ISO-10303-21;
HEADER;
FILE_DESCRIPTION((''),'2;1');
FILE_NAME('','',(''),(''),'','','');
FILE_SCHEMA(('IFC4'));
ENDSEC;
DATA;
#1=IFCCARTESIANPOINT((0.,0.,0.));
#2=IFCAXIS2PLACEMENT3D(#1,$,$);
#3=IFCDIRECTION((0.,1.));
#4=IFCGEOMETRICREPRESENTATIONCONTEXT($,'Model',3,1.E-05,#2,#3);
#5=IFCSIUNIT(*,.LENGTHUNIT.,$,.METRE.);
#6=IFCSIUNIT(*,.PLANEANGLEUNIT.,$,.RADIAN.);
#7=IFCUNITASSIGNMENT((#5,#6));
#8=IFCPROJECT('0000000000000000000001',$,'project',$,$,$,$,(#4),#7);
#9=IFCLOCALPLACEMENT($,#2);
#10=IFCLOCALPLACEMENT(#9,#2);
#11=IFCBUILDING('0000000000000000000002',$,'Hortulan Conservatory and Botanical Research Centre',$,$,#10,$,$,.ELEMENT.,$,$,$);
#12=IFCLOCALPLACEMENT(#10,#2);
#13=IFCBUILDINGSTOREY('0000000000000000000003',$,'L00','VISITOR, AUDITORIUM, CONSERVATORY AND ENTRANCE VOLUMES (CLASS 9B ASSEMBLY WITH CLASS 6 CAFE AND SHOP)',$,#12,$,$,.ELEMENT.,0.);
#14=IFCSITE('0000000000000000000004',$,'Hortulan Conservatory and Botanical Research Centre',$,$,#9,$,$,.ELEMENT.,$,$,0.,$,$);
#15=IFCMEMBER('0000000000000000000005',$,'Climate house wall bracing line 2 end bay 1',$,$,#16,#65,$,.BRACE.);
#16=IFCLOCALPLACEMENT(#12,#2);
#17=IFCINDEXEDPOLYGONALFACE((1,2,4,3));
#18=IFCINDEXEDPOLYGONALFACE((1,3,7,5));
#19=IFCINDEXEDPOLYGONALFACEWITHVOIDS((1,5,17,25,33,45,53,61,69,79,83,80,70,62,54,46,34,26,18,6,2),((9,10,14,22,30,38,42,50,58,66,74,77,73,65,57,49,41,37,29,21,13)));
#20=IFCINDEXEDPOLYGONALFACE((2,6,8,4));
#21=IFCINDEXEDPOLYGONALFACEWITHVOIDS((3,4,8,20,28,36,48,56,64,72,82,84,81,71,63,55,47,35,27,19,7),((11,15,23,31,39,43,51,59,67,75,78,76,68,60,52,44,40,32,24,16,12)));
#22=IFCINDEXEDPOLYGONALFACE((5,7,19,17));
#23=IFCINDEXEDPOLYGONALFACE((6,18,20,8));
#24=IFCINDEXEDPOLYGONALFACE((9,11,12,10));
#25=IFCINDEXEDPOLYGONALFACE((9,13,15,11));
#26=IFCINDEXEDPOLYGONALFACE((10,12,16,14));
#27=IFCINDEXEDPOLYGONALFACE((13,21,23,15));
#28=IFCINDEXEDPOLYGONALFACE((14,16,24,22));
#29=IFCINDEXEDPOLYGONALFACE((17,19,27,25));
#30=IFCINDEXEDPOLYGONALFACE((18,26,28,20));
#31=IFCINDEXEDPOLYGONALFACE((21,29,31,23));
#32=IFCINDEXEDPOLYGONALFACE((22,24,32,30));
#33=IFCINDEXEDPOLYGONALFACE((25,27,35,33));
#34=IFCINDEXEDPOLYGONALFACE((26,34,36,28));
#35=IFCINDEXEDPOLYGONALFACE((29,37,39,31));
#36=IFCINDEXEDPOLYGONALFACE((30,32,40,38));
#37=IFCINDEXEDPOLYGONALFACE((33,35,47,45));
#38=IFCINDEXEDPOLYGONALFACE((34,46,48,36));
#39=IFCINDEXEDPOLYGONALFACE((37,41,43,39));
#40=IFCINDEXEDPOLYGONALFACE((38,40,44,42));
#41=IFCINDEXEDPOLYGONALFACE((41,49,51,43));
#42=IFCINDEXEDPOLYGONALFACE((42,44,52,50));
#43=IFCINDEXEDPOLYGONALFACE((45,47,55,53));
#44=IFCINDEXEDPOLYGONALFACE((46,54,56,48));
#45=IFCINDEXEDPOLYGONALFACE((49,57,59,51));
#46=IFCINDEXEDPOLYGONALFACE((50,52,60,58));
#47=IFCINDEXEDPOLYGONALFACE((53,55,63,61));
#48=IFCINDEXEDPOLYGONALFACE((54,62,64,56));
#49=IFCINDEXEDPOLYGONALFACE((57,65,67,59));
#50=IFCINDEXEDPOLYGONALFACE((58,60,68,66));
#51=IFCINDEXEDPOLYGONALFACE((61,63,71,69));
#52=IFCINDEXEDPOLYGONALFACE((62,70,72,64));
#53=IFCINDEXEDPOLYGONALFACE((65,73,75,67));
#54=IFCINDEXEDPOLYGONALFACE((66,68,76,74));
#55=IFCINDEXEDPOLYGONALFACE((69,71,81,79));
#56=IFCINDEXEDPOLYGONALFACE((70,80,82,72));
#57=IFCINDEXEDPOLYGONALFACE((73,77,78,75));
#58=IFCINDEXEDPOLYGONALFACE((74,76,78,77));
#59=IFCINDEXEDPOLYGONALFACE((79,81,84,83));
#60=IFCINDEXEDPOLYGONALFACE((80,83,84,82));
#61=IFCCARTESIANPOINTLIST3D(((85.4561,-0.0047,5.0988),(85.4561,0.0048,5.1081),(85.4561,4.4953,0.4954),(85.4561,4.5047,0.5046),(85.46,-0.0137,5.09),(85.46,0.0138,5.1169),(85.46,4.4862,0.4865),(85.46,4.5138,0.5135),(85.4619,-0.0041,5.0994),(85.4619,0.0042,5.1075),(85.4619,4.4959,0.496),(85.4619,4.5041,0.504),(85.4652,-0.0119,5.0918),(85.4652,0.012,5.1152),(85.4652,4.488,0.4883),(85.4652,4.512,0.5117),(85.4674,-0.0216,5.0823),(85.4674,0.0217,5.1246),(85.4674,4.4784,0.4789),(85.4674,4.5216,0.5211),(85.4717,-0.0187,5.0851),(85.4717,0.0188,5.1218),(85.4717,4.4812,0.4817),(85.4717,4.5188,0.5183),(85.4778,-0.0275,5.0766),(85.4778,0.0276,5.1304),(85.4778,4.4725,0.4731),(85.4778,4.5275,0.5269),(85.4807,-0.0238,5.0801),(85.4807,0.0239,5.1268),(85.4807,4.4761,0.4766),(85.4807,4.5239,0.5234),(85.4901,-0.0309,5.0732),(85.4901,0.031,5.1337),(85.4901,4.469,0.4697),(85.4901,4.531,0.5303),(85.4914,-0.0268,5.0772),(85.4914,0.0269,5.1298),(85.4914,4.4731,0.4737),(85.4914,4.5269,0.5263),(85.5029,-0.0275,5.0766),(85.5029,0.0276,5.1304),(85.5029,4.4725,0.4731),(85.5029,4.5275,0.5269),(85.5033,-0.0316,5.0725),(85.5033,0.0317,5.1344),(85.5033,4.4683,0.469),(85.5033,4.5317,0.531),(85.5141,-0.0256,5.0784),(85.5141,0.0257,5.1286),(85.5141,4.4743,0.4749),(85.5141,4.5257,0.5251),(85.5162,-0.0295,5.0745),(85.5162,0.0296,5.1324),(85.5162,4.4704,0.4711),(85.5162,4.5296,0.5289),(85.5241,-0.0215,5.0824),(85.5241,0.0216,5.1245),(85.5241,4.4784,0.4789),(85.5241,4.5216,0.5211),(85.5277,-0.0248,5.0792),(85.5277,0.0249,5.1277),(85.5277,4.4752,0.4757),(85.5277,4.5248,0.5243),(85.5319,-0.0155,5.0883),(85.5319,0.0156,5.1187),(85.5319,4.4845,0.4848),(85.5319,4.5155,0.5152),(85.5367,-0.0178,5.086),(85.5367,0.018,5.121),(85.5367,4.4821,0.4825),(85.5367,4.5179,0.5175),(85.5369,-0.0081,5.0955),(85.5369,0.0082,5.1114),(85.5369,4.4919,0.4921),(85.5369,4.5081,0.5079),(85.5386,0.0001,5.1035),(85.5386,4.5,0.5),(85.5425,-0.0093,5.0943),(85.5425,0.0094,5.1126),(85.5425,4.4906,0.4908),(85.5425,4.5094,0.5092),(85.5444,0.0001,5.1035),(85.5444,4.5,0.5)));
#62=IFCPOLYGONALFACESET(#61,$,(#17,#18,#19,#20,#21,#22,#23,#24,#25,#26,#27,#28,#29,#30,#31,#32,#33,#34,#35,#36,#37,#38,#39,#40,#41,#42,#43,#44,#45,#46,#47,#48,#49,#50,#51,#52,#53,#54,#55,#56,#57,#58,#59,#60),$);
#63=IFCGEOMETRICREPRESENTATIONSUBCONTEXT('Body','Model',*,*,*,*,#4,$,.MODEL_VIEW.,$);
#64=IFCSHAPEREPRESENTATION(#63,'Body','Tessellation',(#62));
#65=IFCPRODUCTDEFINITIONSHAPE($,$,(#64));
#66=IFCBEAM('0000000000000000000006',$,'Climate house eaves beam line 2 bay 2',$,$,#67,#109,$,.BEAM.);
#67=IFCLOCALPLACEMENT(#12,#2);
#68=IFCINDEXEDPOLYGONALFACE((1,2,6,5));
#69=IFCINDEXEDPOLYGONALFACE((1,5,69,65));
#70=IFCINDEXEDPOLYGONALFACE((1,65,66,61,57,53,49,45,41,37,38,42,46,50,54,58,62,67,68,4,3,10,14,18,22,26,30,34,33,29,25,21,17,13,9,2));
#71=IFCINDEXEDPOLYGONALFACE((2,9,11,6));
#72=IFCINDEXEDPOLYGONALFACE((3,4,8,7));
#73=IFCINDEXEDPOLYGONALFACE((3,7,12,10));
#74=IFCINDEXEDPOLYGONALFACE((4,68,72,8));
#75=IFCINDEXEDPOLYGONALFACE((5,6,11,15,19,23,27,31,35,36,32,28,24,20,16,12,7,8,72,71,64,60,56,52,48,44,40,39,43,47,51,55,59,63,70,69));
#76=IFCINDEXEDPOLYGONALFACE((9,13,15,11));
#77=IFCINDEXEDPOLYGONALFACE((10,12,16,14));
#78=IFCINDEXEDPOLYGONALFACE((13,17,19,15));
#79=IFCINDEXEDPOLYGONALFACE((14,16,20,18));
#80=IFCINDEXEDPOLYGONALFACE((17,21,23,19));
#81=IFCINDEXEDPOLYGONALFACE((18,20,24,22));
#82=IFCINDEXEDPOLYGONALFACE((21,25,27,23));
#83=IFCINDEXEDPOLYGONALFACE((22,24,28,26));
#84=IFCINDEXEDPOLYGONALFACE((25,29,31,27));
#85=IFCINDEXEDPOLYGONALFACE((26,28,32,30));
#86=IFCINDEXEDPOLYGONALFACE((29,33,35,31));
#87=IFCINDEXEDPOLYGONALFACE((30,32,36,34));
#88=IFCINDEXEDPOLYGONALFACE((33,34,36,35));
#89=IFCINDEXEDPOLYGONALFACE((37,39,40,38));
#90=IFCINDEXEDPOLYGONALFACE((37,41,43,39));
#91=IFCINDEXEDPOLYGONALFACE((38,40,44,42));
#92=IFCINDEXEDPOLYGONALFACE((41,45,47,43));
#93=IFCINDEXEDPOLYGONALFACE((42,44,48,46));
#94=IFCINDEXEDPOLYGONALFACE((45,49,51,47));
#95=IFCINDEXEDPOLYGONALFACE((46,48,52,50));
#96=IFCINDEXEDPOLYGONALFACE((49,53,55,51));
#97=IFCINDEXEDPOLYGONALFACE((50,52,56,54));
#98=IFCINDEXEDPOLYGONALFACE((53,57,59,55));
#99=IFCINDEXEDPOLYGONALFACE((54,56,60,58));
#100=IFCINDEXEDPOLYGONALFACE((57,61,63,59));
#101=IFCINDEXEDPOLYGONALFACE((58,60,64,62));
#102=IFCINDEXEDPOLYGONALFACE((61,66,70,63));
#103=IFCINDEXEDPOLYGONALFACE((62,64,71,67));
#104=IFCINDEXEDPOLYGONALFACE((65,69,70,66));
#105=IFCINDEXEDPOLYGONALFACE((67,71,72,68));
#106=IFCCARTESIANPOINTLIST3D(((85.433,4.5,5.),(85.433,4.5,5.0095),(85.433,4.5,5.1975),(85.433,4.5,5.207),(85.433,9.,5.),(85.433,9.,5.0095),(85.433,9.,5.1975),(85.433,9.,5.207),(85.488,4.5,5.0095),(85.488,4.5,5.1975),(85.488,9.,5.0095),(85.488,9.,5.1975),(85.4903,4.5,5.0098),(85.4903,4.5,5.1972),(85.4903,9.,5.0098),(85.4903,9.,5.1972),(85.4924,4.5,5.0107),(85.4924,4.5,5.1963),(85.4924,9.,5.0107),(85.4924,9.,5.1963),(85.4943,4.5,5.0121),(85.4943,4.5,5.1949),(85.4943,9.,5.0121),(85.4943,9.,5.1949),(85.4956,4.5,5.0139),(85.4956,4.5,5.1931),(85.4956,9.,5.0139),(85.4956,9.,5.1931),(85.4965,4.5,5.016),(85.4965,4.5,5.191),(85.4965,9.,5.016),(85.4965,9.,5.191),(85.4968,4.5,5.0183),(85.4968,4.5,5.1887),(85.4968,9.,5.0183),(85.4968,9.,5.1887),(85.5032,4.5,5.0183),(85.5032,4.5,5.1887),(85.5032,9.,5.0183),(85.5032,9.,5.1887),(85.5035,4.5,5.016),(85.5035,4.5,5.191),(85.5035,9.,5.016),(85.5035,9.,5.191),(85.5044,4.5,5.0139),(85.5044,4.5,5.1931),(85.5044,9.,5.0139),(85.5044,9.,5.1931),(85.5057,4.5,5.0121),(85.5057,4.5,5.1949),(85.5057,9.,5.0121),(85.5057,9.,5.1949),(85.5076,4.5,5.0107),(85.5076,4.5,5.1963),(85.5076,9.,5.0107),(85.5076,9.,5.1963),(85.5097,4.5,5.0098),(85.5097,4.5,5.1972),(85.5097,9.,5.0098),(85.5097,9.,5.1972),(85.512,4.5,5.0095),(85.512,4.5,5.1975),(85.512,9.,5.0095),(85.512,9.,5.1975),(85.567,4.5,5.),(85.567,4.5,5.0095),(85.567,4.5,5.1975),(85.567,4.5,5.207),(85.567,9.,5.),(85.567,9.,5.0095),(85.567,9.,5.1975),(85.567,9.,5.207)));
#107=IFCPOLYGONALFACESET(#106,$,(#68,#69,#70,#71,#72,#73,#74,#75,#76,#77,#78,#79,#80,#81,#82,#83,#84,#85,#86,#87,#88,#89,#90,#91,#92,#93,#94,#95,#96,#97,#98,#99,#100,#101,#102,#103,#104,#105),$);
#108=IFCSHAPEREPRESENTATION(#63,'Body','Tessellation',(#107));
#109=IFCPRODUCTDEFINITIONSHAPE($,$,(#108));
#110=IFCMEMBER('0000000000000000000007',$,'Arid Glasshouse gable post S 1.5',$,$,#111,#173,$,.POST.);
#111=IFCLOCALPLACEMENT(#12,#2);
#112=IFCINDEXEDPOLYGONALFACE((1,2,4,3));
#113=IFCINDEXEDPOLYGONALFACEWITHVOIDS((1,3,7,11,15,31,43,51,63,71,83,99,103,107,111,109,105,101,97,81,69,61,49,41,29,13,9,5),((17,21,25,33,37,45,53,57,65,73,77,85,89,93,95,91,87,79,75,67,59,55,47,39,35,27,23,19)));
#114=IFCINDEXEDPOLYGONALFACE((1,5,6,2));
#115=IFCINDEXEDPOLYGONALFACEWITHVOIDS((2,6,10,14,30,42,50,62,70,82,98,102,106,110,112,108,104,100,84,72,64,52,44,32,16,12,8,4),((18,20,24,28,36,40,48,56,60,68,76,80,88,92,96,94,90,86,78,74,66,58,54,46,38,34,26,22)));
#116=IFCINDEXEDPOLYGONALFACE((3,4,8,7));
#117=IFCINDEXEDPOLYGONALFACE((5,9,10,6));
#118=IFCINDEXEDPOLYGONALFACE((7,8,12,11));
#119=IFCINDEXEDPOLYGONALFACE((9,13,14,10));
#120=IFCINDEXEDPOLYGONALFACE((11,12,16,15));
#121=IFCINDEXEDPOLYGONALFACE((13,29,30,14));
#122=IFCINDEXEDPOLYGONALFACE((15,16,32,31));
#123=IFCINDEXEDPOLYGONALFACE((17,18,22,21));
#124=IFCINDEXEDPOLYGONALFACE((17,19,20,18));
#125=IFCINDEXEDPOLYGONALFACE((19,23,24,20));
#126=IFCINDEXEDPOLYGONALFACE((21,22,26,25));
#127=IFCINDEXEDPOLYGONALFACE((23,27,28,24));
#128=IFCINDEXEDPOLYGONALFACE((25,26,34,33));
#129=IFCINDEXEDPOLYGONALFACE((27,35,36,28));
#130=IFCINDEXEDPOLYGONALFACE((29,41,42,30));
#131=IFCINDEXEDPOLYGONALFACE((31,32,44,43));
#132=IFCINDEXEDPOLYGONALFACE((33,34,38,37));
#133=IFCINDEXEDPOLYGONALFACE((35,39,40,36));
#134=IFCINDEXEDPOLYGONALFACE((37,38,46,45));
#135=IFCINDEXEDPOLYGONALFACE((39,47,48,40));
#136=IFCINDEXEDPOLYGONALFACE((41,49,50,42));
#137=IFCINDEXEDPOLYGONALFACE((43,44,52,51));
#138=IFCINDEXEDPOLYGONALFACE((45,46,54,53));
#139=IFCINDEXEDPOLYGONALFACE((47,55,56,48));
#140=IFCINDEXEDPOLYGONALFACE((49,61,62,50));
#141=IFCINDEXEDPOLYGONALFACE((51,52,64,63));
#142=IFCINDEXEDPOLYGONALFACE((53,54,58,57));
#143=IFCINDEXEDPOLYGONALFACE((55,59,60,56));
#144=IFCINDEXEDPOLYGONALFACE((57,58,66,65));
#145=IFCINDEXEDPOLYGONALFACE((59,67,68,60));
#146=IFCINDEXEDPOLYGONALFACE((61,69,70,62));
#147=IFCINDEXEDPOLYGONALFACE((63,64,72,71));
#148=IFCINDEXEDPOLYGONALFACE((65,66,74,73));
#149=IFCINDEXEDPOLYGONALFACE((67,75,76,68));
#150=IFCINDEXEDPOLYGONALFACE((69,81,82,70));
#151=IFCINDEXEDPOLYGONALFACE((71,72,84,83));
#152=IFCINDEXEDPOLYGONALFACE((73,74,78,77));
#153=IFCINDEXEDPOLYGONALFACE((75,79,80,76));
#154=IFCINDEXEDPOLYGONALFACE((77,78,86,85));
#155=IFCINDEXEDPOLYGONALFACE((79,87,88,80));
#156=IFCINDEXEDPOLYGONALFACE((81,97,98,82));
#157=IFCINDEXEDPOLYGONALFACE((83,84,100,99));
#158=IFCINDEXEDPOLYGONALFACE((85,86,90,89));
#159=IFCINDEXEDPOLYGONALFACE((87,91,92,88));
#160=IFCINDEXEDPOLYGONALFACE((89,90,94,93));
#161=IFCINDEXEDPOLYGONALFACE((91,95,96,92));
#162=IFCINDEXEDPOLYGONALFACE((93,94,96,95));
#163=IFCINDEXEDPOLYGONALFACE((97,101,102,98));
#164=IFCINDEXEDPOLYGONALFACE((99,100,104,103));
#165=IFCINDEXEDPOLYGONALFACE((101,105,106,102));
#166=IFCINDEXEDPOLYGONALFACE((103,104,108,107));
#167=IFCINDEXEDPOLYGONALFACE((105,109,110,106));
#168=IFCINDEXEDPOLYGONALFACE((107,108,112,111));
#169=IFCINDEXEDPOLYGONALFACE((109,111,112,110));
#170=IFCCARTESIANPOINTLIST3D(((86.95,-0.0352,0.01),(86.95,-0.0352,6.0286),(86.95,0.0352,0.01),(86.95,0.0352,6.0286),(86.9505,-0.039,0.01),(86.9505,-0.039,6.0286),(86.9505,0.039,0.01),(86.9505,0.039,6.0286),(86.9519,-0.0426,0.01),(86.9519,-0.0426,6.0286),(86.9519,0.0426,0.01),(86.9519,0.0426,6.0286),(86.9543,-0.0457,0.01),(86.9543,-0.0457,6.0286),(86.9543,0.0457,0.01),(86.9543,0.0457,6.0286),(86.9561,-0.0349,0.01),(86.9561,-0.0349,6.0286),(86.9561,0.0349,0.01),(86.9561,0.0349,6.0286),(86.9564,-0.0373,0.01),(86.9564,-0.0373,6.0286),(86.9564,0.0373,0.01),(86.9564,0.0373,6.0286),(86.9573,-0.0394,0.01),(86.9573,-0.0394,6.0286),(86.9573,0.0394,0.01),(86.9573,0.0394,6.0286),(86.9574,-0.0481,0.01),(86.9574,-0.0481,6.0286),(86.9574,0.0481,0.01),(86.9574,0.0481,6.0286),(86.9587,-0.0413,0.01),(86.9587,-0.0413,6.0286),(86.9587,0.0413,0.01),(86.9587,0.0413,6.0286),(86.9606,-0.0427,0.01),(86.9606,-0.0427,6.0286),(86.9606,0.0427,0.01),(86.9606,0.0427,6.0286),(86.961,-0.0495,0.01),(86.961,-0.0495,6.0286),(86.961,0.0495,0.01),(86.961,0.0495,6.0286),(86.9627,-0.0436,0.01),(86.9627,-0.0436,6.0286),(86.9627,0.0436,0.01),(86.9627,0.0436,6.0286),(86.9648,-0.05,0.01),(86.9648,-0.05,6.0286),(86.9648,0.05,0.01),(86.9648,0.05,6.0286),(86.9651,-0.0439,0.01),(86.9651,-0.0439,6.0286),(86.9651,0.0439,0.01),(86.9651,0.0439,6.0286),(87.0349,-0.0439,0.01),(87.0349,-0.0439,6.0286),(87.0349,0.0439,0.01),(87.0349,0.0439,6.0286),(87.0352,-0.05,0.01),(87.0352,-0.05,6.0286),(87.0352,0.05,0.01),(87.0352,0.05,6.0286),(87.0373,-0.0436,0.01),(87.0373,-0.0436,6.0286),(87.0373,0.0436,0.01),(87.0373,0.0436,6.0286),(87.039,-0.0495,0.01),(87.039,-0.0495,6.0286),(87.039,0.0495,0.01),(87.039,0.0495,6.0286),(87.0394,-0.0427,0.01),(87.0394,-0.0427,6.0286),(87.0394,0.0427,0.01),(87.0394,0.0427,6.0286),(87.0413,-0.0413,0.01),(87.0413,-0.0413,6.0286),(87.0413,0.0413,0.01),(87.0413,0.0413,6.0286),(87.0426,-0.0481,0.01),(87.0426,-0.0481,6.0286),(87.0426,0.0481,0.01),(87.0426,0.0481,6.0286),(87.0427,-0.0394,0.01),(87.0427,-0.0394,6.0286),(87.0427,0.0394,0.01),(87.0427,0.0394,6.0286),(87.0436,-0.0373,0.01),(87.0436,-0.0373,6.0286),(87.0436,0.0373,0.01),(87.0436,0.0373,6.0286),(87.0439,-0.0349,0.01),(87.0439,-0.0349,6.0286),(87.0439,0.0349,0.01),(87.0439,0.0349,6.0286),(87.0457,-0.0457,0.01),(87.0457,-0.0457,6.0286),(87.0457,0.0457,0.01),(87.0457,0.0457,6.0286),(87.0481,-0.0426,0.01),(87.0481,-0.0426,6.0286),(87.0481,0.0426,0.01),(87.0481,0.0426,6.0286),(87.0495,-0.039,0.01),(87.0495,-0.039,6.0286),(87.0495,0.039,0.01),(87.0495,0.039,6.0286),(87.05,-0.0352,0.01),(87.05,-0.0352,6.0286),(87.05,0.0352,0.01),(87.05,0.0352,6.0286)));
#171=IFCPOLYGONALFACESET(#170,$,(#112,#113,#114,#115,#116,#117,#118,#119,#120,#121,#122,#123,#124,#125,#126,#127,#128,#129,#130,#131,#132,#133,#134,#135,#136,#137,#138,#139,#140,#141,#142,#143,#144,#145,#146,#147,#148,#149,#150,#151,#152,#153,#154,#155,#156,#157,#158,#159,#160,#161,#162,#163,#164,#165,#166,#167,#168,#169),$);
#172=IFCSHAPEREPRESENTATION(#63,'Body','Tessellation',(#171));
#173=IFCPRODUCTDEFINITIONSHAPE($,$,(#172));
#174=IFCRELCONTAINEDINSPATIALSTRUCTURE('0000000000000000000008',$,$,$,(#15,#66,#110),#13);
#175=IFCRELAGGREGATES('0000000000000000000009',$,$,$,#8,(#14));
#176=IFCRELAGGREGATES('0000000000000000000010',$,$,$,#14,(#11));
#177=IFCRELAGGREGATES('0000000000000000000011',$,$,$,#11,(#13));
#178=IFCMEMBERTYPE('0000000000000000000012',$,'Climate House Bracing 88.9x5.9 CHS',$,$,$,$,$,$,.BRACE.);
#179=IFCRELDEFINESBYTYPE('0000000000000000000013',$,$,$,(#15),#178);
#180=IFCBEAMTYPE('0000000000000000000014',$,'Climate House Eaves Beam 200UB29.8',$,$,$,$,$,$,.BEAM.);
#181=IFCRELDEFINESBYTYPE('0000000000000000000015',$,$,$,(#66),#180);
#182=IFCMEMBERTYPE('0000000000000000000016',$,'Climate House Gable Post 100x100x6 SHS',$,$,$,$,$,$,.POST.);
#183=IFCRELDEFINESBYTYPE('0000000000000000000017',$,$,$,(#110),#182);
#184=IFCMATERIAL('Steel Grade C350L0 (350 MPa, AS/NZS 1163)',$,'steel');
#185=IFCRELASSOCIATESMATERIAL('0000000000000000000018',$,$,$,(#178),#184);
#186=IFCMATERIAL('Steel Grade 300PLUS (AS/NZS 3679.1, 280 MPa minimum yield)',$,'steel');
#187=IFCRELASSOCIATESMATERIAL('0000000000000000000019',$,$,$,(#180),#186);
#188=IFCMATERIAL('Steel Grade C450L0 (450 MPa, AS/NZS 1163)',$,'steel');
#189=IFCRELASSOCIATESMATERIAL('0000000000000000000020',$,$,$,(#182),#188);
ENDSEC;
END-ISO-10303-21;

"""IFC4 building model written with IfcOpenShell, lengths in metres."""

from ifc_helpers import new_model, si_unit, direction, frame, origin, origin_2d, place, context, subcontext, project, spatial, hollow_rectangle, hollow_circle, i_section, extrude, material, material_profile, profile_set, type_object, element, save


model = new_model("IFC4")

# Units and contexts
model_context = context("Model", 3, precision=1e-05, world=origin(), true_north=direction((0.0, 1.0)))
body_context = subcontext(model_context, "Body", "Model", "MODEL_VIEW")
ifc_project = project(units=[si_unit("LENGTHUNIT", "METRE"), si_unit("PLANEANGLEUNIT", "RADIAN")], contexts=[model_context])

# Site, building, storey
site_placement = place(None, origin())
site = spatial("IfcSite", under=ifc_project, at=site_placement, Name="Hortulan Conservatory and Botanical Research Centre", CompositionType="ELEMENT", RefElevation=0.0)
building_placement = place(site_placement, origin())
building = spatial("IfcBuilding", under=site, at=building_placement, Name="Hortulan Conservatory and Botanical Research Centre", CompositionType="ELEMENT")
storey_placement = place(building_placement, origin())
storey = spatial("IfcBuildingStorey", under=building, at=storey_placement, Name="L00", Description="VISITOR, AUDITORIUM, CONSERVATORY AND ENTRANCE VOLUMES (CLASS 9B ASSEMBLY WITH CLASS 6 CAFE AND SHOP)", CompositionType="ELEMENT", Elevation=0.0)

# Shared definitions
ifc_material_1 = material(Name="Steel Grade 300PLUS (AS/NZS 3679.1, 280 MPa minimum yield)", Category="steel")

# Member
ifc_material_2 = material(Name="Steel Grade C350L0 (350 MPa, AS/NZS 1163)", Category="steel")
ifc_material_profile_1 = material_profile(ifc_material_2, hollow_circle(Radius=0.0444, WallThickness=0.0059, at=origin_2d()), Name="88.9x5.9CHS")
ifc_profile_set_1 = profile_set([ifc_material_profile_1], Name="Steel Grade C350L0 (350 MPa, AS/NZS 1163)")
member_type_1 = type_object("IfcMemberType", Name="Climate House Bracing 88.9x5.9 CHS", PredefinedType="BRACE", material=ifc_profile_set_1)
member_1_placement = place(storey_placement, frame((85.5, 4.5, 0.5), z_axis=(0.0, -0.699021, 0.715101), x_axis=(1.0, 0.0, 0.0)))
element("IfcMember", 1, at=member_1_placement, inside=storey, type_object=member_type_1, Name="Climate house wall bracing line 2 end bay 1", PredefinedType="BRACE", context=body_context, shape_type="SweptSolid", body=[
    extrude(hollow_circle(Radius=0.0444, WallThickness=0.0059, at=origin_2d()), origin(), (0.0, 0.0, 1.0), 6.4375),
])

# Beam
ifc_material_profile_2 = material_profile(ifc_material_1, i_section(OverallWidth=0.134, OverallDepth=0.207, WebThickness=0.0063, FlangeThickness=0.0095, FilletRadius=0.0088, at=origin_2d()), Name="200UB29.8")
ifc_profile_set_2 = profile_set([ifc_material_profile_2], Name="Steel Grade 300PLUS (AS/NZS 3679.1, 280 MPa minimum yield)")
beam_type = type_object("IfcBeamType", Name="Climate House Eaves Beam 200UB29.8", PredefinedType="BEAM", material=ifc_profile_set_2)
beam_placement = place(storey_placement, frame((85.5, 4.5, 5.1035), z_axis=(0.0, 1.0, 0.0), x_axis=(-1.0, 0.0, 0.0)))
element("IfcBeam", 2, at=beam_placement, inside=storey, type_object=beam_type, Name="Climate house eaves beam line 2 bay 2", PredefinedType="BEAM", context=body_context, shape_type="SweptSolid", body=[
    extrude(i_section(OverallWidth=0.134, OverallDepth=0.207, WebThickness=0.0063, FlangeThickness=0.0095, FilletRadius=0.0088, at=origin_2d()), origin(), (0.0, 0.0, 1.0), 4.5),
])

# Member
ifc_material_3 = material(Name="Steel Grade C450L0 (450 MPa, AS/NZS 1163)", Category="steel")
ifc_material_profile_3 = material_profile(ifc_material_3, hollow_rectangle(XDim=0.1001, YDim=0.1001, WallThickness=0.0061, InnerFilletRadius=0.009, OuterFilletRadius=0.0149, at=origin_2d()), Name="100x100x6SHS")
ifc_profile_set_3 = profile_set([ifc_material_profile_3], Name="Steel Grade C450L0 (450 MPa, AS/NZS 1163)")
member_type_2 = type_object("IfcMemberType", Name="Climate House Gable Post 100x100x6 SHS", PredefinedType="POST", material=ifc_profile_set_3)
member_2_placement = place(storey_placement, frame((87.0, 0.0, 0.01), z_axis=(0.0, 0.0, 1.0), x_axis=(1.0, 0.0, 0.0)))
element("IfcMember", 3, at=member_2_placement, inside=storey, type_object=member_type_2, Name="Arid Glasshouse gable post S 1.5", PredefinedType="POST", context=body_context, shape_type="SweptSolid", body=[
    extrude(hollow_rectangle(XDim=0.1001, YDim=0.1001, WallThickness=0.0061, InnerFilletRadius=0.009, OuterFilletRadius=0.0149, at=origin_2d()), origin(), (0.0, 0.0, 1.0), 6.0186),
])

save(model, "model.ifc")
